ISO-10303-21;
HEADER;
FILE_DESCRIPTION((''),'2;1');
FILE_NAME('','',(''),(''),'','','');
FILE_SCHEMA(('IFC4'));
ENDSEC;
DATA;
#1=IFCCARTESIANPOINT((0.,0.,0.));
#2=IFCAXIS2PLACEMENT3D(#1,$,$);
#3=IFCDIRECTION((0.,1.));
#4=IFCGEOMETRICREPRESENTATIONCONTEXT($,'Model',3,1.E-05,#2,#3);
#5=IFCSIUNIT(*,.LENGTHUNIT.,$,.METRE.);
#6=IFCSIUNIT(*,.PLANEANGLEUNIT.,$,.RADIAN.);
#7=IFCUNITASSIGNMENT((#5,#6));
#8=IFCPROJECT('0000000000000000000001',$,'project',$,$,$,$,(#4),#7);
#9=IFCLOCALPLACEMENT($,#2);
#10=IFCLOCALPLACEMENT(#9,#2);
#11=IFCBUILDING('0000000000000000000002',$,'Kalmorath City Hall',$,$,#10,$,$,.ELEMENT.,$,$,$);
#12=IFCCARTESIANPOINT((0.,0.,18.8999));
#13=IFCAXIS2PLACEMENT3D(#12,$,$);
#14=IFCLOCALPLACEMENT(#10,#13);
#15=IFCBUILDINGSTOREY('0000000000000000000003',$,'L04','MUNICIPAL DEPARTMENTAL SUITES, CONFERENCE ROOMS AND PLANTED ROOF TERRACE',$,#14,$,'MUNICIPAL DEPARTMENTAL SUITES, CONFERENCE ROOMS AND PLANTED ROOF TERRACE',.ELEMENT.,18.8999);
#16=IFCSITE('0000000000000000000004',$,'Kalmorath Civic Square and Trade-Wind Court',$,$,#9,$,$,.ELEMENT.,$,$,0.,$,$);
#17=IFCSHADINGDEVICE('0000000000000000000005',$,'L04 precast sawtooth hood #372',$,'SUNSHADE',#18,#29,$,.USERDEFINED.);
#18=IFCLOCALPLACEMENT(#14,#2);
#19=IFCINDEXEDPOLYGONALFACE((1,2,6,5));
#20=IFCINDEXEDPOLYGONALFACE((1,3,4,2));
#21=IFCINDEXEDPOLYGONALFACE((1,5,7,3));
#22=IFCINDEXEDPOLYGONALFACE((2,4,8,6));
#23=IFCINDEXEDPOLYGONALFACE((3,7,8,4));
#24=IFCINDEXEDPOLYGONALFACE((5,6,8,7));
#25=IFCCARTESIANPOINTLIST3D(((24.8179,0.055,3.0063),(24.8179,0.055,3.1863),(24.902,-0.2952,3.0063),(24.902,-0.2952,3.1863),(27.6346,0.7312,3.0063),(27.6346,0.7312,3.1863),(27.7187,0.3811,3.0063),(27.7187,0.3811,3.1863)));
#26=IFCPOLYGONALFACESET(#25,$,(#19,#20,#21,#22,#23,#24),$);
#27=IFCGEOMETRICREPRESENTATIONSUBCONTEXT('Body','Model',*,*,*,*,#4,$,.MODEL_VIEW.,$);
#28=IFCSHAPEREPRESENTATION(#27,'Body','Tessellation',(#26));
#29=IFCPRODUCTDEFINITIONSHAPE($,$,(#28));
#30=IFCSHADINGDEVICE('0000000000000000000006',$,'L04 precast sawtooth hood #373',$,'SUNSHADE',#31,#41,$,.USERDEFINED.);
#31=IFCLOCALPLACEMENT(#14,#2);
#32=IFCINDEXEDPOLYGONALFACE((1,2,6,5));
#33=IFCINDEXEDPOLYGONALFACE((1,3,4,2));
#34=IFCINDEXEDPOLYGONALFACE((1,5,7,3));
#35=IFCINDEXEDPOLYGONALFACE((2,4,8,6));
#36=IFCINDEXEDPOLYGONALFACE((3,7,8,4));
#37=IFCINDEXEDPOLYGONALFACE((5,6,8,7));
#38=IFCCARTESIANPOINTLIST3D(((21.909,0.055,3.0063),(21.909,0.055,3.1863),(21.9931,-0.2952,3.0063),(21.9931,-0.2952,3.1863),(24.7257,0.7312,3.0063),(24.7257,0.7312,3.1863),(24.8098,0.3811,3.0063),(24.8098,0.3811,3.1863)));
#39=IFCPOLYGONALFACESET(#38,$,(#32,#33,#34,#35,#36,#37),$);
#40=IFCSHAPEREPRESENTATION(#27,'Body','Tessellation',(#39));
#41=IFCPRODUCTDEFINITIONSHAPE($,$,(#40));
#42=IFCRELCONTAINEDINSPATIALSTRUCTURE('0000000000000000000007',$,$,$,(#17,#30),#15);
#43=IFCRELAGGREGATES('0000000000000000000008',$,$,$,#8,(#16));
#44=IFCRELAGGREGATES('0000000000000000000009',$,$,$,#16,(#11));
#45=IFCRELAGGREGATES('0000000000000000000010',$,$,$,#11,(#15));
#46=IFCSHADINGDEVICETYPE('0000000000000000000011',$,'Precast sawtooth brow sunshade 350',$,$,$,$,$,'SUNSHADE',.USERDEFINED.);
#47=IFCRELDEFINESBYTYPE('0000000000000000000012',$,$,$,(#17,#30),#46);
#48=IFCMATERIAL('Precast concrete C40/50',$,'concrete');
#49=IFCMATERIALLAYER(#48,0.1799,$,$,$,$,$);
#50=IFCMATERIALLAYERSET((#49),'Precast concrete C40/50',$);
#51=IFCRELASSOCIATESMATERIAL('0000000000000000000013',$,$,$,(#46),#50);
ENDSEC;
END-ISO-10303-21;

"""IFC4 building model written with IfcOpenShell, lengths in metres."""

from ifc_helpers import new_model, si_unit, direction, frame, origin, origin_2d, place, context, subcontext, project, spatial, rectangle, extrude, material, layer, layer_set, type_object, element, save


model = new_model("IFC4")

# Units and contexts
model_context = context("Model", 3, precision=1e-05, world=origin(), true_north=direction((0.0, 1.0)))
body_context = subcontext(model_context, "Body", "Model", "MODEL_VIEW")
ifc_project = project(units=[si_unit("LENGTHUNIT", "METRE"), si_unit("PLANEANGLEUNIT", "RADIAN")], contexts=[model_context])

# Site, building, storey
site_placement = place(None, origin())
site = spatial("IfcSite", under=ifc_project, at=site_placement, Name="Kalmorath Civic Square and Trade-Wind Court", CompositionType="ELEMENT", RefElevation=0.0)
building_placement = place(site_placement, origin())
building = spatial("IfcBuilding", under=site, at=building_placement, Name="Kalmorath City Hall", CompositionType="ELEMENT")
storey_placement = place(building_placement, frame((0.0, 0.0, 18.8999)))
storey = spatial("IfcBuildingStorey", under=building, at=storey_placement, Name="L04", Description="MUNICIPAL DEPARTMENTAL SUITES, CONFERENCE ROOMS AND PLANTED ROOF TERRACE", LongName="MUNICIPAL DEPARTMENTAL SUITES, CONFERENCE ROOMS AND PLANTED ROOF TERRACE", CompositionType="ELEMENT", Elevation=18.8999)

# Shading devices
ifc_material_1 = material(Name="Precast concrete C40/50", Category="concrete")
ifc_layer_1 = layer(ifc_material_1, 0.1799)
ifc_layer_set_1 = layer_set([ifc_layer_1], Name="Precast concrete C40/50")
shading_device_type_1 = type_object("IfcShadingDeviceType", Name="Precast sawtooth brow sunshade 350", ElementType="SUNSHADE", PredefinedType="USERDEFINED", material=ifc_layer_set_1)
for number, where, z_axis, x_axis, name in (
    (1, (26.2683, 0.218, 3.0063), (0.0, 0.0, 1.0), (-0.97237, -0.233445, 0.0), "L04 precast sawtooth hood #372"),
    (2, (23.3594, 0.218, 3.0063), (0.0, 0.0, 1.0), (-0.97237, -0.233445, 0.0), "L04 precast sawtooth hood #373"),
):
    element("IfcShadingDevice", number, at=place(storey_placement, frame(where, z_axis=z_axis, x_axis=x_axis)), inside=storey, type_object=shading_device_type_1, Name=name, ObjectType="SUNSHADE", PredefinedType="USERDEFINED", context=body_context, shape_type="SweptSolid", body=[
        extrude(rectangle(XDim=2.8967, YDim=0.3601, at=origin_2d()), origin(), (0.0, 0.0, 1.0), 0.1799),
    ])

save(model, "model.ifc")
